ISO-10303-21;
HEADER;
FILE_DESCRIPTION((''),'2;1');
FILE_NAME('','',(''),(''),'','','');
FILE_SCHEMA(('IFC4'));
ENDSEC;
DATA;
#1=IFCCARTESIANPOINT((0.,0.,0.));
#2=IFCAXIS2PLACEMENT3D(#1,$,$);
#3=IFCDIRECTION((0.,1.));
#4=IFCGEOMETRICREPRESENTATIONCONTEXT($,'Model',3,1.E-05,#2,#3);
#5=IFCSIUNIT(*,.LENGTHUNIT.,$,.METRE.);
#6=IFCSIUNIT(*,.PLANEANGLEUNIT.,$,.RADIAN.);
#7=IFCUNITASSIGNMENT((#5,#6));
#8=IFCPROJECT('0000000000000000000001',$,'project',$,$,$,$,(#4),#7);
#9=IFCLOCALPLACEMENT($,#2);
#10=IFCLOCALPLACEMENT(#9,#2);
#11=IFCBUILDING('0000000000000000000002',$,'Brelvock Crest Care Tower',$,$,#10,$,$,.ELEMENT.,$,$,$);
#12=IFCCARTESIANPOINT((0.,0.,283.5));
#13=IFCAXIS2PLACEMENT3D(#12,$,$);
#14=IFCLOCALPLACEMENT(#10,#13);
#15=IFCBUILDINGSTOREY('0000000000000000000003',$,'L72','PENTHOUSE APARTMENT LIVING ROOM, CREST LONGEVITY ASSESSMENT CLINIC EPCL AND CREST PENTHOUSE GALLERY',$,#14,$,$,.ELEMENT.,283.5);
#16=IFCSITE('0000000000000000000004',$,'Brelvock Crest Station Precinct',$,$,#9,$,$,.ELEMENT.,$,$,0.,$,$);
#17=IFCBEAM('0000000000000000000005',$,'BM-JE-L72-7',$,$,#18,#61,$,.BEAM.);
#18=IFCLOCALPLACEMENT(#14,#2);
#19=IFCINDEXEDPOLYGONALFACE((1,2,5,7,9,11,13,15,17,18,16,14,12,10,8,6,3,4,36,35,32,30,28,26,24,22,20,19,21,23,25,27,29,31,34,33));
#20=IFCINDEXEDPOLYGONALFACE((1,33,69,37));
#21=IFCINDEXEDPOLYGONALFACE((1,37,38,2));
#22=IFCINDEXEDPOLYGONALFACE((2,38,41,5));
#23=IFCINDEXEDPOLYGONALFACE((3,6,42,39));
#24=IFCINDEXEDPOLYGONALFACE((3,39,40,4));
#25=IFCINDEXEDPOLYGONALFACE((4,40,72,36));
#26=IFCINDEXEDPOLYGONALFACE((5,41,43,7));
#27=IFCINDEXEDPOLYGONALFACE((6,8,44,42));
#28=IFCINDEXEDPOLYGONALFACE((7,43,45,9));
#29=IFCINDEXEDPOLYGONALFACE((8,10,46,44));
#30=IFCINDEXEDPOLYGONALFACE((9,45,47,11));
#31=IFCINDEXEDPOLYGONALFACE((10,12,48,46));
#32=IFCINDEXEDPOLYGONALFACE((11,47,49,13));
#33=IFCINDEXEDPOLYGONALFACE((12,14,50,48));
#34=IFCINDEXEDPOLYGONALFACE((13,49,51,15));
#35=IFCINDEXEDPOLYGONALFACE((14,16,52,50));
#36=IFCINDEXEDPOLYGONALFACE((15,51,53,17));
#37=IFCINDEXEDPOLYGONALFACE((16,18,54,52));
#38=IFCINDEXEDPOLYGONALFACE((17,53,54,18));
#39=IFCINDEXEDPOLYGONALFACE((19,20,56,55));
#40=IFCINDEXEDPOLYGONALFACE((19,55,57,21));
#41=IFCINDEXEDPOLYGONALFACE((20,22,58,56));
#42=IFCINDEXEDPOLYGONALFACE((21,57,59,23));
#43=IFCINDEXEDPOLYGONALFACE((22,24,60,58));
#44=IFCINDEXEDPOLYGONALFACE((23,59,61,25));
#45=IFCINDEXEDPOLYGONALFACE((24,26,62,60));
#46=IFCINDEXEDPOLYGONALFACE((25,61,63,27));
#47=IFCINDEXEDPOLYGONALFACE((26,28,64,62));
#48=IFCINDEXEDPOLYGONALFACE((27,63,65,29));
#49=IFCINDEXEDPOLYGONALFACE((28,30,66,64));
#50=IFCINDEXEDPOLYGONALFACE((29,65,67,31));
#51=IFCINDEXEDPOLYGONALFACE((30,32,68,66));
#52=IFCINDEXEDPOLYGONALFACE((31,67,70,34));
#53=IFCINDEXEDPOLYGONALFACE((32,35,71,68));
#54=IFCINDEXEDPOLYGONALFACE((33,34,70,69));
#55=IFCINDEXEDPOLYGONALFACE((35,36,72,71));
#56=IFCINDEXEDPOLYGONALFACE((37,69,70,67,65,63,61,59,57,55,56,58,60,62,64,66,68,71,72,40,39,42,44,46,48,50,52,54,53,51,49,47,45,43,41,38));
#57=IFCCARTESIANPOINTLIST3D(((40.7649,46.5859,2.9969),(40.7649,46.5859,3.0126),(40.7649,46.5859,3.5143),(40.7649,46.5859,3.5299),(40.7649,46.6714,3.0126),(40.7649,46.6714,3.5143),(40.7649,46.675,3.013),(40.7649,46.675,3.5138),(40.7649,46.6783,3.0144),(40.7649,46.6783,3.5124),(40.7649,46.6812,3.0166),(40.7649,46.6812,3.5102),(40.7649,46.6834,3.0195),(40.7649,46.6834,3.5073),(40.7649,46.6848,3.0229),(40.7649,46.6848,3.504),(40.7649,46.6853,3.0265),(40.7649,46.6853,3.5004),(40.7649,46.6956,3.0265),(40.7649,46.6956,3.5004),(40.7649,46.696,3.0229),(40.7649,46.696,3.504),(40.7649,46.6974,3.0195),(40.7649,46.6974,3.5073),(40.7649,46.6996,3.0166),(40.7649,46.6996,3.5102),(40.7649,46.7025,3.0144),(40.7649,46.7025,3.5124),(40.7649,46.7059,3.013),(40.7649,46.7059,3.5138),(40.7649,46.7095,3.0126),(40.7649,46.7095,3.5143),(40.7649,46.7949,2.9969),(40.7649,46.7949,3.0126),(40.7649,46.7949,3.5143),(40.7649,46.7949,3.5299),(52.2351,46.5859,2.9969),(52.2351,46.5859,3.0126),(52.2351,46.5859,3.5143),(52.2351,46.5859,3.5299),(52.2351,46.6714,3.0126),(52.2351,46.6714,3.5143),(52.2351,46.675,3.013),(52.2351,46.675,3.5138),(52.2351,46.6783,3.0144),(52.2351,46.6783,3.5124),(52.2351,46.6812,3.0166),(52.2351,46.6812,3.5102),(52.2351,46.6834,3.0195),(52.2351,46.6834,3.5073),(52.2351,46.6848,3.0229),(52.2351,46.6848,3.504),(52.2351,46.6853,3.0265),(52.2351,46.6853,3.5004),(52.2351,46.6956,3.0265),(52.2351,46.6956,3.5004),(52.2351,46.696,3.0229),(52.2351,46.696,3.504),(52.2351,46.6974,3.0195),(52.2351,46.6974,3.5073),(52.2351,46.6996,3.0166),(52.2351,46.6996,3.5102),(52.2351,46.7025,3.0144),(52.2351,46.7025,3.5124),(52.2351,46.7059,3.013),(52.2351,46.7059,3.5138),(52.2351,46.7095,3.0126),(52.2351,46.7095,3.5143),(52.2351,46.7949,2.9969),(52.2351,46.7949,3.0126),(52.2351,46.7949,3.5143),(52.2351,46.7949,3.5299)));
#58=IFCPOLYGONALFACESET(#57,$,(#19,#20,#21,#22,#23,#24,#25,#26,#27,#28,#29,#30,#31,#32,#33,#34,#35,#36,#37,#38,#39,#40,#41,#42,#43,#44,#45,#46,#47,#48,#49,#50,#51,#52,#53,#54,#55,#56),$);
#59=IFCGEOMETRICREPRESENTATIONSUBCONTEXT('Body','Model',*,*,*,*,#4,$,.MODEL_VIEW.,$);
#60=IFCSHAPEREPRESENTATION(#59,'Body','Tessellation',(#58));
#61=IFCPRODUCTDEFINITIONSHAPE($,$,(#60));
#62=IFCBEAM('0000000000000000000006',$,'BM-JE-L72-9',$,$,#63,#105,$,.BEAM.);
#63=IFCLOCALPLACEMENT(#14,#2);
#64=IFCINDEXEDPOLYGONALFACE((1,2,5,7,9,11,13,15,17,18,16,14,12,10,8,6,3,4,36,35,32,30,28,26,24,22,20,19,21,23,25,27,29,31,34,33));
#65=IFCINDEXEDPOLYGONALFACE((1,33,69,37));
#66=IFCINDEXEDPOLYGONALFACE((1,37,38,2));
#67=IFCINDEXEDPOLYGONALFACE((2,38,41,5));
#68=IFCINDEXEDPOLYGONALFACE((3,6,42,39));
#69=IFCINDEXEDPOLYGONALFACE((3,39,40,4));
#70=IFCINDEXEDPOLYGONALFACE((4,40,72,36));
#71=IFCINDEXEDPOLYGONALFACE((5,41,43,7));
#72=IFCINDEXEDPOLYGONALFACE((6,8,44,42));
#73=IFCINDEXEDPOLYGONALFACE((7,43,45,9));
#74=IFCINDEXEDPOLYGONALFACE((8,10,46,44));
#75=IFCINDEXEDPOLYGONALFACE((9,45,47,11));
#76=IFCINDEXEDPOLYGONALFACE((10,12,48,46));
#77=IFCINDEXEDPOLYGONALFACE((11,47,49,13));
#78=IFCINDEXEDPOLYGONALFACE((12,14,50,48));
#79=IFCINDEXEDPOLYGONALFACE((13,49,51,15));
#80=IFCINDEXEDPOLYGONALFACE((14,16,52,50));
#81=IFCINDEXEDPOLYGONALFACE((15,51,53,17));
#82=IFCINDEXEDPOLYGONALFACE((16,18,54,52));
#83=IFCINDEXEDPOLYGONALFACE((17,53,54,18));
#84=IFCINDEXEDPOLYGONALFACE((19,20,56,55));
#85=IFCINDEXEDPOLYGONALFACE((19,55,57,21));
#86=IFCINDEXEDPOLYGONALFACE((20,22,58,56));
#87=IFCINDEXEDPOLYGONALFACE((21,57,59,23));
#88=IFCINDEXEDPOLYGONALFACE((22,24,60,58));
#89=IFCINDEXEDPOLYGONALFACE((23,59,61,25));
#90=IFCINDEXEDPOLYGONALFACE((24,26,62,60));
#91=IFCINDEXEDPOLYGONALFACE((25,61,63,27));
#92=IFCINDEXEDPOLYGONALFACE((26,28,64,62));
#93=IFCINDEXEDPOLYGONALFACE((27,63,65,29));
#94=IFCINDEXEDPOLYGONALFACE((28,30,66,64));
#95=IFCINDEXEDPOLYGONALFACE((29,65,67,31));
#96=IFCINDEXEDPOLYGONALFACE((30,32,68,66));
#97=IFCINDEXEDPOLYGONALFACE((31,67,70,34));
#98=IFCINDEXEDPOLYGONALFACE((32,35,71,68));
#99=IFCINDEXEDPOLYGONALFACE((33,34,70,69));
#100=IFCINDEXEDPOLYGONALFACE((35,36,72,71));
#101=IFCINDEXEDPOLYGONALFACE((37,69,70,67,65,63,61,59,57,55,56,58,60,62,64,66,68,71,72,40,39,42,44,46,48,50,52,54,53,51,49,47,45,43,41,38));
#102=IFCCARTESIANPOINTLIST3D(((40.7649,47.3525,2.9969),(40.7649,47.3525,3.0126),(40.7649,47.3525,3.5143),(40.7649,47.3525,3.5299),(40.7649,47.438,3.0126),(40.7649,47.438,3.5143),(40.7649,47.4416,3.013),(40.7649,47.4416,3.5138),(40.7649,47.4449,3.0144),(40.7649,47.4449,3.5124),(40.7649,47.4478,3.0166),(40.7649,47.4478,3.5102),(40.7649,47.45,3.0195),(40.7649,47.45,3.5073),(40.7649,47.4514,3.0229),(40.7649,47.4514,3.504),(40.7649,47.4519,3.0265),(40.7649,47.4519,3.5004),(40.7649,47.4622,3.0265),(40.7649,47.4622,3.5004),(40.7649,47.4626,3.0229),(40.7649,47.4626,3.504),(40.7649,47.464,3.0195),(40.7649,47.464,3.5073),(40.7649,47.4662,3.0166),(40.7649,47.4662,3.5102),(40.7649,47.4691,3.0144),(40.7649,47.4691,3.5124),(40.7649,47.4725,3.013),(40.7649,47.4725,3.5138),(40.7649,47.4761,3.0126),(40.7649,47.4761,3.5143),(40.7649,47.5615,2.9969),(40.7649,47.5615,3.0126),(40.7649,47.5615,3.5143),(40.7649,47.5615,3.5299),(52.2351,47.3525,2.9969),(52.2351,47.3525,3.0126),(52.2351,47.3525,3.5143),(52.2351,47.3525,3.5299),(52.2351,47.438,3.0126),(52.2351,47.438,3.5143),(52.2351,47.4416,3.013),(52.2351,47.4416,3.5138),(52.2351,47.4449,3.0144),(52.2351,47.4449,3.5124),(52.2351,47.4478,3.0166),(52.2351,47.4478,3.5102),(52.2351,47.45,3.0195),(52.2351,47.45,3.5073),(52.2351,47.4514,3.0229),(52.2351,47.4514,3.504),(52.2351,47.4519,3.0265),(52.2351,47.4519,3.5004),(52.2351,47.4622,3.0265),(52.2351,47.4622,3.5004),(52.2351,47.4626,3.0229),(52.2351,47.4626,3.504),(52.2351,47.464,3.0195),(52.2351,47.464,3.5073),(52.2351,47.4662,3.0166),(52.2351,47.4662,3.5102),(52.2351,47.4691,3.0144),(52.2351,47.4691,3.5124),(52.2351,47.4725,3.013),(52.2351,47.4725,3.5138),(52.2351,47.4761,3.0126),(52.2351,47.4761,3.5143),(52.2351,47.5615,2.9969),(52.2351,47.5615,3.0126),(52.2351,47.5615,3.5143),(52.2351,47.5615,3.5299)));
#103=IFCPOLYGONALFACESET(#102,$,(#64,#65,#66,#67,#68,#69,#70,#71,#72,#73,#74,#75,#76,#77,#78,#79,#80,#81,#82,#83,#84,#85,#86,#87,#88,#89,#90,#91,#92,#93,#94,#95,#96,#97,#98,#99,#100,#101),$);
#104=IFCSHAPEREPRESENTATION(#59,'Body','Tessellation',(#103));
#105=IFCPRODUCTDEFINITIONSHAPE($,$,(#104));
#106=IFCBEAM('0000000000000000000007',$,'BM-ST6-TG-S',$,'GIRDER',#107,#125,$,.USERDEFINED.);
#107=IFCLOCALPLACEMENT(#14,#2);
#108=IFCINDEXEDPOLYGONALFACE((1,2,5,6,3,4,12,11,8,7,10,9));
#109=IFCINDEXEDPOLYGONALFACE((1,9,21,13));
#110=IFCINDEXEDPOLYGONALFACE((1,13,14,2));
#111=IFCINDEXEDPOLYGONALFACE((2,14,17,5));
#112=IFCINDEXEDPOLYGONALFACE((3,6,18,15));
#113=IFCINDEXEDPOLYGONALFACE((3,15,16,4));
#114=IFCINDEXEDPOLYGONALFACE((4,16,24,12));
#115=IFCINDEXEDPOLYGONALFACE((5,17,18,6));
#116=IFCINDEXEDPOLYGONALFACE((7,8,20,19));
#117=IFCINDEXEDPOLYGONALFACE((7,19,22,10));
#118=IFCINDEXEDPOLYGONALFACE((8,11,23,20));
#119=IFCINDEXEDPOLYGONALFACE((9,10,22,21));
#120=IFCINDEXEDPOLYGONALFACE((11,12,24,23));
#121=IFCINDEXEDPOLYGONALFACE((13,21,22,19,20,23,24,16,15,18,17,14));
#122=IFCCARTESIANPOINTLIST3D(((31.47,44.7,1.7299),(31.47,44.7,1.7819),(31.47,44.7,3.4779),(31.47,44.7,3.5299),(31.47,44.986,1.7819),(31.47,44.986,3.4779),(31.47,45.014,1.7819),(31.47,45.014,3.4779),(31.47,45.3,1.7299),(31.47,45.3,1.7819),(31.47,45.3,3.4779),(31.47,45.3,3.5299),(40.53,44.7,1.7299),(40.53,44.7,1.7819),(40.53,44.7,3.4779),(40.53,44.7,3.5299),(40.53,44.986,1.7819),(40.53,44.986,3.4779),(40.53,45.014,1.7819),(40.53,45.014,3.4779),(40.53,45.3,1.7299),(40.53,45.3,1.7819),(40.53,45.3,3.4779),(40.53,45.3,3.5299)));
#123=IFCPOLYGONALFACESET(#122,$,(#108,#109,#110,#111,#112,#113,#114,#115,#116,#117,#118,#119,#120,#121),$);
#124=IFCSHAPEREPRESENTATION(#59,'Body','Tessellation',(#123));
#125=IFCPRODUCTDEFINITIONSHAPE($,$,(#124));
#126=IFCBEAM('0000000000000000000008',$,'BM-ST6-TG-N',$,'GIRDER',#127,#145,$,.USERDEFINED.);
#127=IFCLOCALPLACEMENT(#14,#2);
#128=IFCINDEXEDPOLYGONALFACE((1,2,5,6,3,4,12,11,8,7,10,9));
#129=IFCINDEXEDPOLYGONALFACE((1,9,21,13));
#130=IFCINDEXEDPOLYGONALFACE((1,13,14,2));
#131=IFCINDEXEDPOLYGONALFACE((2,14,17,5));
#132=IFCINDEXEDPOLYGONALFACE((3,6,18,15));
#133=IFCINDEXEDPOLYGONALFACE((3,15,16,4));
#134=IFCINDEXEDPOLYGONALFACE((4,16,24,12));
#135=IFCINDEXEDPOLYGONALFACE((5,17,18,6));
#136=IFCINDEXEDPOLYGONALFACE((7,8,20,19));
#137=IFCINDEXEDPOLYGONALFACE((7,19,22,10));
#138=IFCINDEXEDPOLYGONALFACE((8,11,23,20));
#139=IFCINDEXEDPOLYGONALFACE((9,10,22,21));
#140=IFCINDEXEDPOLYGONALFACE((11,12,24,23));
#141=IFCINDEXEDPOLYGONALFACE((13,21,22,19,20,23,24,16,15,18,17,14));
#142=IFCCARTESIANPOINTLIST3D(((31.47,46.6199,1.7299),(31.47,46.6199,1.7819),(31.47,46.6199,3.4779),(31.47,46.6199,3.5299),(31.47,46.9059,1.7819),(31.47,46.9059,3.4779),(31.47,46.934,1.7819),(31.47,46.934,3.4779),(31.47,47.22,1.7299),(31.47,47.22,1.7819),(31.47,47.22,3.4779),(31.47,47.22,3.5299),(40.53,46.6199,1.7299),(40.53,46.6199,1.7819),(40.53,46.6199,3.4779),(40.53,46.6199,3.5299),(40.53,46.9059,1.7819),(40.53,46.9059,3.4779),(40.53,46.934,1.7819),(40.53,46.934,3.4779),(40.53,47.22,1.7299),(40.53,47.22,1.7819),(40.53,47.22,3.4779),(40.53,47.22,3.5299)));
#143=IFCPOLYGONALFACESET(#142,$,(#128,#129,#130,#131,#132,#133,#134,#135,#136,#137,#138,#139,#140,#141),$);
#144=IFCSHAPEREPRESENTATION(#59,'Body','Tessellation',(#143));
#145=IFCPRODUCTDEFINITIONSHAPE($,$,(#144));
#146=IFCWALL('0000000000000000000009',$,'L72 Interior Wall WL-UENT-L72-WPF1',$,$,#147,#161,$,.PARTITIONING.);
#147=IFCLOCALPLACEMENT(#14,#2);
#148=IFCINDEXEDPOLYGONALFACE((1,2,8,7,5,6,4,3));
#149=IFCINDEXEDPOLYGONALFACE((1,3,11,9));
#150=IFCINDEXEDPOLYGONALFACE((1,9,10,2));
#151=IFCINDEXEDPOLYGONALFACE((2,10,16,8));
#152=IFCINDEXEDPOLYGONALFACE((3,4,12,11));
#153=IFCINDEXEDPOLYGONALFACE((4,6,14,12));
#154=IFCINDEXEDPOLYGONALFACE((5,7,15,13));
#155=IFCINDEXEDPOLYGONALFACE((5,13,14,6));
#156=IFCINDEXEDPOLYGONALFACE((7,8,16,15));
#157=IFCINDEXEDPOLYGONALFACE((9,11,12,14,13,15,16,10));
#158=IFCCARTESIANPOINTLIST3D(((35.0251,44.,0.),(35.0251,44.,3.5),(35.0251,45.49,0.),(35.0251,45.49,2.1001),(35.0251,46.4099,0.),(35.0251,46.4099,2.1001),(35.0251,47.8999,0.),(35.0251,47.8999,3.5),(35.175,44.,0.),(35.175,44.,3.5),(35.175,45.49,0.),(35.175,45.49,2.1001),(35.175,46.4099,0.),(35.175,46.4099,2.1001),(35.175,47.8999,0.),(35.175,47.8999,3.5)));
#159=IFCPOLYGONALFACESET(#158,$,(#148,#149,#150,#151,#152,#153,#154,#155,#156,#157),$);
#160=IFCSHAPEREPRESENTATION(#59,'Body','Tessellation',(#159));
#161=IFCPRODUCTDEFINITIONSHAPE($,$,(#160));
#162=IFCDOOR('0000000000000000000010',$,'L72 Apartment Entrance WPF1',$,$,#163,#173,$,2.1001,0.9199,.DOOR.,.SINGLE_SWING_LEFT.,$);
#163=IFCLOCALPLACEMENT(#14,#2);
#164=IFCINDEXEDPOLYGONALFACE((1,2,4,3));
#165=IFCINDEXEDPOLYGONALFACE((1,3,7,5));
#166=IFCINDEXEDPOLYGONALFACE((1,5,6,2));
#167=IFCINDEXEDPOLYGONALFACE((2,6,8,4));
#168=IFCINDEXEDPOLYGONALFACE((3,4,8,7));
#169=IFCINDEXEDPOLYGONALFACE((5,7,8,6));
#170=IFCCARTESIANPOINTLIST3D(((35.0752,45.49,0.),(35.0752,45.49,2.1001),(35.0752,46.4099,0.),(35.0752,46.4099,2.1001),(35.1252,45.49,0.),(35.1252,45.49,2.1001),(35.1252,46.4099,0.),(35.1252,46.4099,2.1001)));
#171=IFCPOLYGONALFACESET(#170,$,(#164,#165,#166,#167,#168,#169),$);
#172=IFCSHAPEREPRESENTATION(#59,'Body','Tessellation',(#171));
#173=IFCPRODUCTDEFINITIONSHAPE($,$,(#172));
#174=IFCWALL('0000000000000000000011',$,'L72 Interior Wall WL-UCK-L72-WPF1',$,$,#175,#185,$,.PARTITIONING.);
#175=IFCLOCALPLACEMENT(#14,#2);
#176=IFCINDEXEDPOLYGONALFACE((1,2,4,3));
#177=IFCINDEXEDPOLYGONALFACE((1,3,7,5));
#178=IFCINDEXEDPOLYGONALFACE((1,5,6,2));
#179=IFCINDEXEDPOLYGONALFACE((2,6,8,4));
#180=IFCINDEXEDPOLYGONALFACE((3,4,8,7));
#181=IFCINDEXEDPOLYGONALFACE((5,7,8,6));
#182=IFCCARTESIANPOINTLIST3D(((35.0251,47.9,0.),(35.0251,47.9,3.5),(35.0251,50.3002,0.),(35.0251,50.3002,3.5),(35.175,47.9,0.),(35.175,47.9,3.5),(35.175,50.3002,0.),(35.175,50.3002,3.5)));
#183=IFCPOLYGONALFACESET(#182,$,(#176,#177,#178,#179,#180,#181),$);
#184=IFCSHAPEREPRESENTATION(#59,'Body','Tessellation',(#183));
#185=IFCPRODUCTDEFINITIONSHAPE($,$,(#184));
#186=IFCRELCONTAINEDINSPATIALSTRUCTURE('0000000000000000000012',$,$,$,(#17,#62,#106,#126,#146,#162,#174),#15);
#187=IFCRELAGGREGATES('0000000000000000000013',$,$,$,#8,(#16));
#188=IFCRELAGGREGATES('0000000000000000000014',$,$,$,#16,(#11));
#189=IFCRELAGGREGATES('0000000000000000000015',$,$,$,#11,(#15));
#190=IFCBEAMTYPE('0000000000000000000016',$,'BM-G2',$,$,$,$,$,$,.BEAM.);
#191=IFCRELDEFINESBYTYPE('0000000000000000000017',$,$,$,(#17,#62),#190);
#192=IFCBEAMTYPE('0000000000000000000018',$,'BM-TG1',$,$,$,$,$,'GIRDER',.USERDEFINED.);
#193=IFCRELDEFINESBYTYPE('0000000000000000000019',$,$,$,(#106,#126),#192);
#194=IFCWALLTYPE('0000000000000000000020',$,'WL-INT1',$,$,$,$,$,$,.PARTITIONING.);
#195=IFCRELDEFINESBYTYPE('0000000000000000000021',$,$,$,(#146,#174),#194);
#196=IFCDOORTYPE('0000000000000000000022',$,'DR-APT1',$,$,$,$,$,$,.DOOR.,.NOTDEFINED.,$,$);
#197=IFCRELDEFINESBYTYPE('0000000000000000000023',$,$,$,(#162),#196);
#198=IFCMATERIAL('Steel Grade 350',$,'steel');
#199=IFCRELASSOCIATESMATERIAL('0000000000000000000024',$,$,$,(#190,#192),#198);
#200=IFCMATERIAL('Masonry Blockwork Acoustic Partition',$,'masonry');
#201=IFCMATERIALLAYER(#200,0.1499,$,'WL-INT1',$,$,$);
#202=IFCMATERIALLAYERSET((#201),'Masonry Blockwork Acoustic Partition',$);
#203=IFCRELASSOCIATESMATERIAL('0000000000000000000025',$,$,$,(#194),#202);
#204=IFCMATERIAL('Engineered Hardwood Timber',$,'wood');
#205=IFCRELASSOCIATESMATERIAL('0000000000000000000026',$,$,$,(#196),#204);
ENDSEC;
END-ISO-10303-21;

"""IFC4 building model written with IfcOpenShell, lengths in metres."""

from ifc_helpers import new_model, si_unit, direction, frame, frame_2d, origin, origin_2d, place, context, subcontext, project, spatial, rectangle, i_section, extrude, source, transform, mapped, material, layer, layer_set, material_profile, profile_set, type_object, element, fill, save


model = new_model("IFC4")

# Units and contexts
model_context = context("Model", 3, precision=1e-05, world=origin(), true_north=direction((0.0, 1.0)))
body_context = subcontext(model_context, "Body", "Model", "MODEL_VIEW")
ifc_project = project(units=[si_unit("LENGTHUNIT", "METRE"), si_unit("PLANEANGLEUNIT", "RADIAN")], contexts=[model_context])

# Site, building, storey
site_placement = place(None, origin())
site = spatial("IfcSite", under=ifc_project, at=site_placement, Name="Brelvock Crest Station Precinct", CompositionType="ELEMENT", RefElevation=0.0)
building_placement = place(site_placement, origin())
building = spatial("IfcBuilding", under=site, at=building_placement, Name="Brelvock Crest Care Tower", CompositionType="ELEMENT")
storey_placement = place(building_placement, frame((0.0, 0.0, 283.5)))
storey = spatial("IfcBuildingStorey", under=building, at=storey_placement, Name="L72", Description="PENTHOUSE APARTMENT LIVING ROOM, CREST LONGEVITY ASSESSMENT CLINIC EPCL AND CREST PENTHOUSE GALLERY", CompositionType="ELEMENT", Elevation=283.5)

# Beams
ifc_material_1 = material(Name="Steel Grade 350", Category="steel")
ifc_material_profile_1 = material_profile(ifc_material_1, i_section(OverallWidth=0.209, OverallDepth=0.533, WebThickness=0.0103, FlangeThickness=0.0156, FilletRadius=0.0139, at=origin_2d()), Name="530UB92.4")
ifc_profile_set_1 = profile_set([ifc_material_profile_1], Name="Steel Grade 350")
beam_type_1 = type_object("IfcBeamType", Name="BM-G2", PredefinedType="BEAM", material=ifc_profile_set_1)
shared_shape_1 = source(origin(), body_context, "Body", "SweptSolid", [
    extrude(i_section(OverallWidth=0.209, OverallDepth=0.533, WebThickness=0.0103, FlangeThickness=0.0156, FilletRadius=0.0139, at=origin_2d()), origin(), (0.0, 0.0, 1.0), 11.4702),
])
for number, where, z_axis, x_axis, name in (
    (1, (40.7649, 46.6904, 3.2634), (1.0, 0.0, 0.0), (0.0, 1.0, 0.0), "BM-JE-L72-7"),
    (2, (40.7649, 47.457, 3.2634), (1.0, 0.0, 0.0), (0.0, 1.0, 0.0), "BM-JE-L72-9"),
):
    element("IfcBeam", number, at=place(storey_placement, frame(where, z_axis=z_axis, x_axis=x_axis)), inside=storey, type_object=beam_type_1, Name=name, PredefinedType="BEAM", context=body_context, shape_type="MappedRepresentation", body=[
        mapped(shared_shape_1, transform((0.0, 0.0, 0.0), x_axis=(1.0, 0.0, 0.0), y_axis=(0.0, 1.0, 0.0), z_axis=(0.0, 0.0, 1.0), scale=1.0)),
    ])
ifc_material_profile_2 = material_profile(ifc_material_1, i_section(OverallWidth=0.6001, OverallDepth=1.8, WebThickness=0.0281, FlangeThickness=0.052, at=origin_2d()), Name="1800TG740")
ifc_profile_set_2 = profile_set([ifc_material_profile_2], Name="Steel Grade 350")
beam_type_2 = type_object("IfcBeamType", Name="BM-TG1", ElementType="GIRDER", PredefinedType="USERDEFINED", material=ifc_profile_set_2)
shared_shape_2 = source(origin(), body_context, "Body", "SweptSolid", [
    extrude(i_section(OverallWidth=0.6001, OverallDepth=1.8, WebThickness=0.0281, FlangeThickness=0.052, at=origin_2d()), origin(), (0.0, 0.0, 1.0), 9.0601),
])
for number, where, z_axis, x_axis, name in (
    (3, (31.47, 45.0, 2.6299), (1.0, 0.0, 0.0), (0.0, 1.0, 0.0), "BM-ST6-TG-S"),
    (4, (31.47, 46.9199, 2.6299), (1.0, 0.0, 0.0), (0.0, 1.0, 0.0), "BM-ST6-TG-N"),
):
    element("IfcBeam", number, at=place(storey_placement, frame(where, z_axis=z_axis, x_axis=x_axis)), inside=storey, type_object=beam_type_2, Name=name, ObjectType="GIRDER", PredefinedType="USERDEFINED", context=body_context, shape_type="MappedRepresentation", body=[
        mapped(shared_shape_2, transform((0.0, 0.0, 0.0), x_axis=(1.0, 0.0, 0.0), y_axis=(0.0, 1.0, 0.0), z_axis=(0.0, 0.0, 1.0), scale=1.0)),
    ])

# Wall, opening, door
ifc_material_2 = material(Name="Masonry Blockwork Acoustic Partition", Category="masonry")
ifc_layer_1 = layer(ifc_material_2, 0.1499, Name="WL-INT1")
ifc_layer_set_1 = layer_set([ifc_layer_1], Name="Masonry Blockwork Acoustic Partition")
wall_type_1 = type_object("IfcWallType", Name="WL-INT1", PredefinedType="PARTITIONING", material=ifc_layer_set_1)
wall_1_placement = place(storey_placement, frame((35.1001, 44.0, 0.0), z_axis=(0.0, 0.0, 1.0), x_axis=(0.0, 1.0, 0.0)))
wall_1 = element("IfcWall", 5, at=wall_1_placement, inside=storey, type_object=wall_type_1, Name="L72 Interior Wall WL-UENT-L72-WPF1", PredefinedType="PARTITIONING", context=body_context, shape_type="SweptSolid", body=[
    extrude(rectangle(XDim=3.8999, YDim=0.1499, at=frame_2d((1.95, 0.0))), origin(), (0.0, 0.0, 1.0), 3.5),
])
opening_1_placement = place(wall_1_placement, frame((1.49, 0.0, 0.0)))
opening_1 = element("IfcOpeningElement", 6, at=opening_1_placement, cuts=wall_1, PredefinedType="OPENING", context=body_context, shape_type="SweptSolid", body=[
    extrude(rectangle(XDim=0.9199, YDim=2.1001, at=origin_2d()), frame((0.46, 0.085, 1.05), z_axis=(0.0, -1.0, 0.0), x_axis=(1.0, 0.0, 0.0)), (0.0, 0.0, 1.0), 0.1699),
])
ifc_material_3 = material(Name="Engineered Hardwood Timber", Category="wood")
door_type_1 = type_object("IfcDoorType", Name="DR-APT1", OperationType="NOTDEFINED", PredefinedType="DOOR", material=ifc_material_3)
shared_shape_3 = source(origin(), body_context, "Body", "SweptSolid", [
    extrude(rectangle(XDim=0.9199, YDim=2.1001, at=origin_2d()), frame((0.46, 0.0249, 1.05), z_axis=(0.0, -1.0, 0.0), x_axis=(1.0, 0.0, 0.0)), (0.0, 0.0, 1.0), 0.05),
])
door_1_placement = place(opening_1_placement, origin())
door_1 = element("IfcDoor", 7, at=door_1_placement, inside=storey, type_object=door_type_1, Name="L72 Apartment Entrance WPF1", OperationType="SINGLE_SWING_LEFT", OverallHeight=2.1001, OverallWidth=0.9199, PredefinedType="DOOR", context=body_context, shape_type="MappedRepresentation", body=[
    mapped(shared_shape_3, transform((0.0, 0.0, 0.0), x_axis=(1.0, 0.0, 0.0), y_axis=(0.0, 1.0, 0.0), z_axis=(0.0, 0.0, 1.0), scale=1.0)),
])
fill(opening_1, door_1)

# Wall
wall_2_placement = place(storey_placement, frame((35.1001, 47.8999, 0.0), z_axis=(0.0, 0.0, 1.0), x_axis=(0.0, 1.0, 0.0)))
element("IfcWall", 8, at=wall_2_placement, inside=storey, type_object=wall_type_1, Name="L72 Interior Wall WL-UCK-L72-WPF1", PredefinedType="PARTITIONING", context=body_context, shape_type="SweptSolid", body=[
    extrude(rectangle(XDim=2.4001, YDim=0.1499, at=frame_2d((1.2002, 0.0))), origin(), (0.0, 0.0, 1.0), 3.5),
])

save(model, "model.ifc")
